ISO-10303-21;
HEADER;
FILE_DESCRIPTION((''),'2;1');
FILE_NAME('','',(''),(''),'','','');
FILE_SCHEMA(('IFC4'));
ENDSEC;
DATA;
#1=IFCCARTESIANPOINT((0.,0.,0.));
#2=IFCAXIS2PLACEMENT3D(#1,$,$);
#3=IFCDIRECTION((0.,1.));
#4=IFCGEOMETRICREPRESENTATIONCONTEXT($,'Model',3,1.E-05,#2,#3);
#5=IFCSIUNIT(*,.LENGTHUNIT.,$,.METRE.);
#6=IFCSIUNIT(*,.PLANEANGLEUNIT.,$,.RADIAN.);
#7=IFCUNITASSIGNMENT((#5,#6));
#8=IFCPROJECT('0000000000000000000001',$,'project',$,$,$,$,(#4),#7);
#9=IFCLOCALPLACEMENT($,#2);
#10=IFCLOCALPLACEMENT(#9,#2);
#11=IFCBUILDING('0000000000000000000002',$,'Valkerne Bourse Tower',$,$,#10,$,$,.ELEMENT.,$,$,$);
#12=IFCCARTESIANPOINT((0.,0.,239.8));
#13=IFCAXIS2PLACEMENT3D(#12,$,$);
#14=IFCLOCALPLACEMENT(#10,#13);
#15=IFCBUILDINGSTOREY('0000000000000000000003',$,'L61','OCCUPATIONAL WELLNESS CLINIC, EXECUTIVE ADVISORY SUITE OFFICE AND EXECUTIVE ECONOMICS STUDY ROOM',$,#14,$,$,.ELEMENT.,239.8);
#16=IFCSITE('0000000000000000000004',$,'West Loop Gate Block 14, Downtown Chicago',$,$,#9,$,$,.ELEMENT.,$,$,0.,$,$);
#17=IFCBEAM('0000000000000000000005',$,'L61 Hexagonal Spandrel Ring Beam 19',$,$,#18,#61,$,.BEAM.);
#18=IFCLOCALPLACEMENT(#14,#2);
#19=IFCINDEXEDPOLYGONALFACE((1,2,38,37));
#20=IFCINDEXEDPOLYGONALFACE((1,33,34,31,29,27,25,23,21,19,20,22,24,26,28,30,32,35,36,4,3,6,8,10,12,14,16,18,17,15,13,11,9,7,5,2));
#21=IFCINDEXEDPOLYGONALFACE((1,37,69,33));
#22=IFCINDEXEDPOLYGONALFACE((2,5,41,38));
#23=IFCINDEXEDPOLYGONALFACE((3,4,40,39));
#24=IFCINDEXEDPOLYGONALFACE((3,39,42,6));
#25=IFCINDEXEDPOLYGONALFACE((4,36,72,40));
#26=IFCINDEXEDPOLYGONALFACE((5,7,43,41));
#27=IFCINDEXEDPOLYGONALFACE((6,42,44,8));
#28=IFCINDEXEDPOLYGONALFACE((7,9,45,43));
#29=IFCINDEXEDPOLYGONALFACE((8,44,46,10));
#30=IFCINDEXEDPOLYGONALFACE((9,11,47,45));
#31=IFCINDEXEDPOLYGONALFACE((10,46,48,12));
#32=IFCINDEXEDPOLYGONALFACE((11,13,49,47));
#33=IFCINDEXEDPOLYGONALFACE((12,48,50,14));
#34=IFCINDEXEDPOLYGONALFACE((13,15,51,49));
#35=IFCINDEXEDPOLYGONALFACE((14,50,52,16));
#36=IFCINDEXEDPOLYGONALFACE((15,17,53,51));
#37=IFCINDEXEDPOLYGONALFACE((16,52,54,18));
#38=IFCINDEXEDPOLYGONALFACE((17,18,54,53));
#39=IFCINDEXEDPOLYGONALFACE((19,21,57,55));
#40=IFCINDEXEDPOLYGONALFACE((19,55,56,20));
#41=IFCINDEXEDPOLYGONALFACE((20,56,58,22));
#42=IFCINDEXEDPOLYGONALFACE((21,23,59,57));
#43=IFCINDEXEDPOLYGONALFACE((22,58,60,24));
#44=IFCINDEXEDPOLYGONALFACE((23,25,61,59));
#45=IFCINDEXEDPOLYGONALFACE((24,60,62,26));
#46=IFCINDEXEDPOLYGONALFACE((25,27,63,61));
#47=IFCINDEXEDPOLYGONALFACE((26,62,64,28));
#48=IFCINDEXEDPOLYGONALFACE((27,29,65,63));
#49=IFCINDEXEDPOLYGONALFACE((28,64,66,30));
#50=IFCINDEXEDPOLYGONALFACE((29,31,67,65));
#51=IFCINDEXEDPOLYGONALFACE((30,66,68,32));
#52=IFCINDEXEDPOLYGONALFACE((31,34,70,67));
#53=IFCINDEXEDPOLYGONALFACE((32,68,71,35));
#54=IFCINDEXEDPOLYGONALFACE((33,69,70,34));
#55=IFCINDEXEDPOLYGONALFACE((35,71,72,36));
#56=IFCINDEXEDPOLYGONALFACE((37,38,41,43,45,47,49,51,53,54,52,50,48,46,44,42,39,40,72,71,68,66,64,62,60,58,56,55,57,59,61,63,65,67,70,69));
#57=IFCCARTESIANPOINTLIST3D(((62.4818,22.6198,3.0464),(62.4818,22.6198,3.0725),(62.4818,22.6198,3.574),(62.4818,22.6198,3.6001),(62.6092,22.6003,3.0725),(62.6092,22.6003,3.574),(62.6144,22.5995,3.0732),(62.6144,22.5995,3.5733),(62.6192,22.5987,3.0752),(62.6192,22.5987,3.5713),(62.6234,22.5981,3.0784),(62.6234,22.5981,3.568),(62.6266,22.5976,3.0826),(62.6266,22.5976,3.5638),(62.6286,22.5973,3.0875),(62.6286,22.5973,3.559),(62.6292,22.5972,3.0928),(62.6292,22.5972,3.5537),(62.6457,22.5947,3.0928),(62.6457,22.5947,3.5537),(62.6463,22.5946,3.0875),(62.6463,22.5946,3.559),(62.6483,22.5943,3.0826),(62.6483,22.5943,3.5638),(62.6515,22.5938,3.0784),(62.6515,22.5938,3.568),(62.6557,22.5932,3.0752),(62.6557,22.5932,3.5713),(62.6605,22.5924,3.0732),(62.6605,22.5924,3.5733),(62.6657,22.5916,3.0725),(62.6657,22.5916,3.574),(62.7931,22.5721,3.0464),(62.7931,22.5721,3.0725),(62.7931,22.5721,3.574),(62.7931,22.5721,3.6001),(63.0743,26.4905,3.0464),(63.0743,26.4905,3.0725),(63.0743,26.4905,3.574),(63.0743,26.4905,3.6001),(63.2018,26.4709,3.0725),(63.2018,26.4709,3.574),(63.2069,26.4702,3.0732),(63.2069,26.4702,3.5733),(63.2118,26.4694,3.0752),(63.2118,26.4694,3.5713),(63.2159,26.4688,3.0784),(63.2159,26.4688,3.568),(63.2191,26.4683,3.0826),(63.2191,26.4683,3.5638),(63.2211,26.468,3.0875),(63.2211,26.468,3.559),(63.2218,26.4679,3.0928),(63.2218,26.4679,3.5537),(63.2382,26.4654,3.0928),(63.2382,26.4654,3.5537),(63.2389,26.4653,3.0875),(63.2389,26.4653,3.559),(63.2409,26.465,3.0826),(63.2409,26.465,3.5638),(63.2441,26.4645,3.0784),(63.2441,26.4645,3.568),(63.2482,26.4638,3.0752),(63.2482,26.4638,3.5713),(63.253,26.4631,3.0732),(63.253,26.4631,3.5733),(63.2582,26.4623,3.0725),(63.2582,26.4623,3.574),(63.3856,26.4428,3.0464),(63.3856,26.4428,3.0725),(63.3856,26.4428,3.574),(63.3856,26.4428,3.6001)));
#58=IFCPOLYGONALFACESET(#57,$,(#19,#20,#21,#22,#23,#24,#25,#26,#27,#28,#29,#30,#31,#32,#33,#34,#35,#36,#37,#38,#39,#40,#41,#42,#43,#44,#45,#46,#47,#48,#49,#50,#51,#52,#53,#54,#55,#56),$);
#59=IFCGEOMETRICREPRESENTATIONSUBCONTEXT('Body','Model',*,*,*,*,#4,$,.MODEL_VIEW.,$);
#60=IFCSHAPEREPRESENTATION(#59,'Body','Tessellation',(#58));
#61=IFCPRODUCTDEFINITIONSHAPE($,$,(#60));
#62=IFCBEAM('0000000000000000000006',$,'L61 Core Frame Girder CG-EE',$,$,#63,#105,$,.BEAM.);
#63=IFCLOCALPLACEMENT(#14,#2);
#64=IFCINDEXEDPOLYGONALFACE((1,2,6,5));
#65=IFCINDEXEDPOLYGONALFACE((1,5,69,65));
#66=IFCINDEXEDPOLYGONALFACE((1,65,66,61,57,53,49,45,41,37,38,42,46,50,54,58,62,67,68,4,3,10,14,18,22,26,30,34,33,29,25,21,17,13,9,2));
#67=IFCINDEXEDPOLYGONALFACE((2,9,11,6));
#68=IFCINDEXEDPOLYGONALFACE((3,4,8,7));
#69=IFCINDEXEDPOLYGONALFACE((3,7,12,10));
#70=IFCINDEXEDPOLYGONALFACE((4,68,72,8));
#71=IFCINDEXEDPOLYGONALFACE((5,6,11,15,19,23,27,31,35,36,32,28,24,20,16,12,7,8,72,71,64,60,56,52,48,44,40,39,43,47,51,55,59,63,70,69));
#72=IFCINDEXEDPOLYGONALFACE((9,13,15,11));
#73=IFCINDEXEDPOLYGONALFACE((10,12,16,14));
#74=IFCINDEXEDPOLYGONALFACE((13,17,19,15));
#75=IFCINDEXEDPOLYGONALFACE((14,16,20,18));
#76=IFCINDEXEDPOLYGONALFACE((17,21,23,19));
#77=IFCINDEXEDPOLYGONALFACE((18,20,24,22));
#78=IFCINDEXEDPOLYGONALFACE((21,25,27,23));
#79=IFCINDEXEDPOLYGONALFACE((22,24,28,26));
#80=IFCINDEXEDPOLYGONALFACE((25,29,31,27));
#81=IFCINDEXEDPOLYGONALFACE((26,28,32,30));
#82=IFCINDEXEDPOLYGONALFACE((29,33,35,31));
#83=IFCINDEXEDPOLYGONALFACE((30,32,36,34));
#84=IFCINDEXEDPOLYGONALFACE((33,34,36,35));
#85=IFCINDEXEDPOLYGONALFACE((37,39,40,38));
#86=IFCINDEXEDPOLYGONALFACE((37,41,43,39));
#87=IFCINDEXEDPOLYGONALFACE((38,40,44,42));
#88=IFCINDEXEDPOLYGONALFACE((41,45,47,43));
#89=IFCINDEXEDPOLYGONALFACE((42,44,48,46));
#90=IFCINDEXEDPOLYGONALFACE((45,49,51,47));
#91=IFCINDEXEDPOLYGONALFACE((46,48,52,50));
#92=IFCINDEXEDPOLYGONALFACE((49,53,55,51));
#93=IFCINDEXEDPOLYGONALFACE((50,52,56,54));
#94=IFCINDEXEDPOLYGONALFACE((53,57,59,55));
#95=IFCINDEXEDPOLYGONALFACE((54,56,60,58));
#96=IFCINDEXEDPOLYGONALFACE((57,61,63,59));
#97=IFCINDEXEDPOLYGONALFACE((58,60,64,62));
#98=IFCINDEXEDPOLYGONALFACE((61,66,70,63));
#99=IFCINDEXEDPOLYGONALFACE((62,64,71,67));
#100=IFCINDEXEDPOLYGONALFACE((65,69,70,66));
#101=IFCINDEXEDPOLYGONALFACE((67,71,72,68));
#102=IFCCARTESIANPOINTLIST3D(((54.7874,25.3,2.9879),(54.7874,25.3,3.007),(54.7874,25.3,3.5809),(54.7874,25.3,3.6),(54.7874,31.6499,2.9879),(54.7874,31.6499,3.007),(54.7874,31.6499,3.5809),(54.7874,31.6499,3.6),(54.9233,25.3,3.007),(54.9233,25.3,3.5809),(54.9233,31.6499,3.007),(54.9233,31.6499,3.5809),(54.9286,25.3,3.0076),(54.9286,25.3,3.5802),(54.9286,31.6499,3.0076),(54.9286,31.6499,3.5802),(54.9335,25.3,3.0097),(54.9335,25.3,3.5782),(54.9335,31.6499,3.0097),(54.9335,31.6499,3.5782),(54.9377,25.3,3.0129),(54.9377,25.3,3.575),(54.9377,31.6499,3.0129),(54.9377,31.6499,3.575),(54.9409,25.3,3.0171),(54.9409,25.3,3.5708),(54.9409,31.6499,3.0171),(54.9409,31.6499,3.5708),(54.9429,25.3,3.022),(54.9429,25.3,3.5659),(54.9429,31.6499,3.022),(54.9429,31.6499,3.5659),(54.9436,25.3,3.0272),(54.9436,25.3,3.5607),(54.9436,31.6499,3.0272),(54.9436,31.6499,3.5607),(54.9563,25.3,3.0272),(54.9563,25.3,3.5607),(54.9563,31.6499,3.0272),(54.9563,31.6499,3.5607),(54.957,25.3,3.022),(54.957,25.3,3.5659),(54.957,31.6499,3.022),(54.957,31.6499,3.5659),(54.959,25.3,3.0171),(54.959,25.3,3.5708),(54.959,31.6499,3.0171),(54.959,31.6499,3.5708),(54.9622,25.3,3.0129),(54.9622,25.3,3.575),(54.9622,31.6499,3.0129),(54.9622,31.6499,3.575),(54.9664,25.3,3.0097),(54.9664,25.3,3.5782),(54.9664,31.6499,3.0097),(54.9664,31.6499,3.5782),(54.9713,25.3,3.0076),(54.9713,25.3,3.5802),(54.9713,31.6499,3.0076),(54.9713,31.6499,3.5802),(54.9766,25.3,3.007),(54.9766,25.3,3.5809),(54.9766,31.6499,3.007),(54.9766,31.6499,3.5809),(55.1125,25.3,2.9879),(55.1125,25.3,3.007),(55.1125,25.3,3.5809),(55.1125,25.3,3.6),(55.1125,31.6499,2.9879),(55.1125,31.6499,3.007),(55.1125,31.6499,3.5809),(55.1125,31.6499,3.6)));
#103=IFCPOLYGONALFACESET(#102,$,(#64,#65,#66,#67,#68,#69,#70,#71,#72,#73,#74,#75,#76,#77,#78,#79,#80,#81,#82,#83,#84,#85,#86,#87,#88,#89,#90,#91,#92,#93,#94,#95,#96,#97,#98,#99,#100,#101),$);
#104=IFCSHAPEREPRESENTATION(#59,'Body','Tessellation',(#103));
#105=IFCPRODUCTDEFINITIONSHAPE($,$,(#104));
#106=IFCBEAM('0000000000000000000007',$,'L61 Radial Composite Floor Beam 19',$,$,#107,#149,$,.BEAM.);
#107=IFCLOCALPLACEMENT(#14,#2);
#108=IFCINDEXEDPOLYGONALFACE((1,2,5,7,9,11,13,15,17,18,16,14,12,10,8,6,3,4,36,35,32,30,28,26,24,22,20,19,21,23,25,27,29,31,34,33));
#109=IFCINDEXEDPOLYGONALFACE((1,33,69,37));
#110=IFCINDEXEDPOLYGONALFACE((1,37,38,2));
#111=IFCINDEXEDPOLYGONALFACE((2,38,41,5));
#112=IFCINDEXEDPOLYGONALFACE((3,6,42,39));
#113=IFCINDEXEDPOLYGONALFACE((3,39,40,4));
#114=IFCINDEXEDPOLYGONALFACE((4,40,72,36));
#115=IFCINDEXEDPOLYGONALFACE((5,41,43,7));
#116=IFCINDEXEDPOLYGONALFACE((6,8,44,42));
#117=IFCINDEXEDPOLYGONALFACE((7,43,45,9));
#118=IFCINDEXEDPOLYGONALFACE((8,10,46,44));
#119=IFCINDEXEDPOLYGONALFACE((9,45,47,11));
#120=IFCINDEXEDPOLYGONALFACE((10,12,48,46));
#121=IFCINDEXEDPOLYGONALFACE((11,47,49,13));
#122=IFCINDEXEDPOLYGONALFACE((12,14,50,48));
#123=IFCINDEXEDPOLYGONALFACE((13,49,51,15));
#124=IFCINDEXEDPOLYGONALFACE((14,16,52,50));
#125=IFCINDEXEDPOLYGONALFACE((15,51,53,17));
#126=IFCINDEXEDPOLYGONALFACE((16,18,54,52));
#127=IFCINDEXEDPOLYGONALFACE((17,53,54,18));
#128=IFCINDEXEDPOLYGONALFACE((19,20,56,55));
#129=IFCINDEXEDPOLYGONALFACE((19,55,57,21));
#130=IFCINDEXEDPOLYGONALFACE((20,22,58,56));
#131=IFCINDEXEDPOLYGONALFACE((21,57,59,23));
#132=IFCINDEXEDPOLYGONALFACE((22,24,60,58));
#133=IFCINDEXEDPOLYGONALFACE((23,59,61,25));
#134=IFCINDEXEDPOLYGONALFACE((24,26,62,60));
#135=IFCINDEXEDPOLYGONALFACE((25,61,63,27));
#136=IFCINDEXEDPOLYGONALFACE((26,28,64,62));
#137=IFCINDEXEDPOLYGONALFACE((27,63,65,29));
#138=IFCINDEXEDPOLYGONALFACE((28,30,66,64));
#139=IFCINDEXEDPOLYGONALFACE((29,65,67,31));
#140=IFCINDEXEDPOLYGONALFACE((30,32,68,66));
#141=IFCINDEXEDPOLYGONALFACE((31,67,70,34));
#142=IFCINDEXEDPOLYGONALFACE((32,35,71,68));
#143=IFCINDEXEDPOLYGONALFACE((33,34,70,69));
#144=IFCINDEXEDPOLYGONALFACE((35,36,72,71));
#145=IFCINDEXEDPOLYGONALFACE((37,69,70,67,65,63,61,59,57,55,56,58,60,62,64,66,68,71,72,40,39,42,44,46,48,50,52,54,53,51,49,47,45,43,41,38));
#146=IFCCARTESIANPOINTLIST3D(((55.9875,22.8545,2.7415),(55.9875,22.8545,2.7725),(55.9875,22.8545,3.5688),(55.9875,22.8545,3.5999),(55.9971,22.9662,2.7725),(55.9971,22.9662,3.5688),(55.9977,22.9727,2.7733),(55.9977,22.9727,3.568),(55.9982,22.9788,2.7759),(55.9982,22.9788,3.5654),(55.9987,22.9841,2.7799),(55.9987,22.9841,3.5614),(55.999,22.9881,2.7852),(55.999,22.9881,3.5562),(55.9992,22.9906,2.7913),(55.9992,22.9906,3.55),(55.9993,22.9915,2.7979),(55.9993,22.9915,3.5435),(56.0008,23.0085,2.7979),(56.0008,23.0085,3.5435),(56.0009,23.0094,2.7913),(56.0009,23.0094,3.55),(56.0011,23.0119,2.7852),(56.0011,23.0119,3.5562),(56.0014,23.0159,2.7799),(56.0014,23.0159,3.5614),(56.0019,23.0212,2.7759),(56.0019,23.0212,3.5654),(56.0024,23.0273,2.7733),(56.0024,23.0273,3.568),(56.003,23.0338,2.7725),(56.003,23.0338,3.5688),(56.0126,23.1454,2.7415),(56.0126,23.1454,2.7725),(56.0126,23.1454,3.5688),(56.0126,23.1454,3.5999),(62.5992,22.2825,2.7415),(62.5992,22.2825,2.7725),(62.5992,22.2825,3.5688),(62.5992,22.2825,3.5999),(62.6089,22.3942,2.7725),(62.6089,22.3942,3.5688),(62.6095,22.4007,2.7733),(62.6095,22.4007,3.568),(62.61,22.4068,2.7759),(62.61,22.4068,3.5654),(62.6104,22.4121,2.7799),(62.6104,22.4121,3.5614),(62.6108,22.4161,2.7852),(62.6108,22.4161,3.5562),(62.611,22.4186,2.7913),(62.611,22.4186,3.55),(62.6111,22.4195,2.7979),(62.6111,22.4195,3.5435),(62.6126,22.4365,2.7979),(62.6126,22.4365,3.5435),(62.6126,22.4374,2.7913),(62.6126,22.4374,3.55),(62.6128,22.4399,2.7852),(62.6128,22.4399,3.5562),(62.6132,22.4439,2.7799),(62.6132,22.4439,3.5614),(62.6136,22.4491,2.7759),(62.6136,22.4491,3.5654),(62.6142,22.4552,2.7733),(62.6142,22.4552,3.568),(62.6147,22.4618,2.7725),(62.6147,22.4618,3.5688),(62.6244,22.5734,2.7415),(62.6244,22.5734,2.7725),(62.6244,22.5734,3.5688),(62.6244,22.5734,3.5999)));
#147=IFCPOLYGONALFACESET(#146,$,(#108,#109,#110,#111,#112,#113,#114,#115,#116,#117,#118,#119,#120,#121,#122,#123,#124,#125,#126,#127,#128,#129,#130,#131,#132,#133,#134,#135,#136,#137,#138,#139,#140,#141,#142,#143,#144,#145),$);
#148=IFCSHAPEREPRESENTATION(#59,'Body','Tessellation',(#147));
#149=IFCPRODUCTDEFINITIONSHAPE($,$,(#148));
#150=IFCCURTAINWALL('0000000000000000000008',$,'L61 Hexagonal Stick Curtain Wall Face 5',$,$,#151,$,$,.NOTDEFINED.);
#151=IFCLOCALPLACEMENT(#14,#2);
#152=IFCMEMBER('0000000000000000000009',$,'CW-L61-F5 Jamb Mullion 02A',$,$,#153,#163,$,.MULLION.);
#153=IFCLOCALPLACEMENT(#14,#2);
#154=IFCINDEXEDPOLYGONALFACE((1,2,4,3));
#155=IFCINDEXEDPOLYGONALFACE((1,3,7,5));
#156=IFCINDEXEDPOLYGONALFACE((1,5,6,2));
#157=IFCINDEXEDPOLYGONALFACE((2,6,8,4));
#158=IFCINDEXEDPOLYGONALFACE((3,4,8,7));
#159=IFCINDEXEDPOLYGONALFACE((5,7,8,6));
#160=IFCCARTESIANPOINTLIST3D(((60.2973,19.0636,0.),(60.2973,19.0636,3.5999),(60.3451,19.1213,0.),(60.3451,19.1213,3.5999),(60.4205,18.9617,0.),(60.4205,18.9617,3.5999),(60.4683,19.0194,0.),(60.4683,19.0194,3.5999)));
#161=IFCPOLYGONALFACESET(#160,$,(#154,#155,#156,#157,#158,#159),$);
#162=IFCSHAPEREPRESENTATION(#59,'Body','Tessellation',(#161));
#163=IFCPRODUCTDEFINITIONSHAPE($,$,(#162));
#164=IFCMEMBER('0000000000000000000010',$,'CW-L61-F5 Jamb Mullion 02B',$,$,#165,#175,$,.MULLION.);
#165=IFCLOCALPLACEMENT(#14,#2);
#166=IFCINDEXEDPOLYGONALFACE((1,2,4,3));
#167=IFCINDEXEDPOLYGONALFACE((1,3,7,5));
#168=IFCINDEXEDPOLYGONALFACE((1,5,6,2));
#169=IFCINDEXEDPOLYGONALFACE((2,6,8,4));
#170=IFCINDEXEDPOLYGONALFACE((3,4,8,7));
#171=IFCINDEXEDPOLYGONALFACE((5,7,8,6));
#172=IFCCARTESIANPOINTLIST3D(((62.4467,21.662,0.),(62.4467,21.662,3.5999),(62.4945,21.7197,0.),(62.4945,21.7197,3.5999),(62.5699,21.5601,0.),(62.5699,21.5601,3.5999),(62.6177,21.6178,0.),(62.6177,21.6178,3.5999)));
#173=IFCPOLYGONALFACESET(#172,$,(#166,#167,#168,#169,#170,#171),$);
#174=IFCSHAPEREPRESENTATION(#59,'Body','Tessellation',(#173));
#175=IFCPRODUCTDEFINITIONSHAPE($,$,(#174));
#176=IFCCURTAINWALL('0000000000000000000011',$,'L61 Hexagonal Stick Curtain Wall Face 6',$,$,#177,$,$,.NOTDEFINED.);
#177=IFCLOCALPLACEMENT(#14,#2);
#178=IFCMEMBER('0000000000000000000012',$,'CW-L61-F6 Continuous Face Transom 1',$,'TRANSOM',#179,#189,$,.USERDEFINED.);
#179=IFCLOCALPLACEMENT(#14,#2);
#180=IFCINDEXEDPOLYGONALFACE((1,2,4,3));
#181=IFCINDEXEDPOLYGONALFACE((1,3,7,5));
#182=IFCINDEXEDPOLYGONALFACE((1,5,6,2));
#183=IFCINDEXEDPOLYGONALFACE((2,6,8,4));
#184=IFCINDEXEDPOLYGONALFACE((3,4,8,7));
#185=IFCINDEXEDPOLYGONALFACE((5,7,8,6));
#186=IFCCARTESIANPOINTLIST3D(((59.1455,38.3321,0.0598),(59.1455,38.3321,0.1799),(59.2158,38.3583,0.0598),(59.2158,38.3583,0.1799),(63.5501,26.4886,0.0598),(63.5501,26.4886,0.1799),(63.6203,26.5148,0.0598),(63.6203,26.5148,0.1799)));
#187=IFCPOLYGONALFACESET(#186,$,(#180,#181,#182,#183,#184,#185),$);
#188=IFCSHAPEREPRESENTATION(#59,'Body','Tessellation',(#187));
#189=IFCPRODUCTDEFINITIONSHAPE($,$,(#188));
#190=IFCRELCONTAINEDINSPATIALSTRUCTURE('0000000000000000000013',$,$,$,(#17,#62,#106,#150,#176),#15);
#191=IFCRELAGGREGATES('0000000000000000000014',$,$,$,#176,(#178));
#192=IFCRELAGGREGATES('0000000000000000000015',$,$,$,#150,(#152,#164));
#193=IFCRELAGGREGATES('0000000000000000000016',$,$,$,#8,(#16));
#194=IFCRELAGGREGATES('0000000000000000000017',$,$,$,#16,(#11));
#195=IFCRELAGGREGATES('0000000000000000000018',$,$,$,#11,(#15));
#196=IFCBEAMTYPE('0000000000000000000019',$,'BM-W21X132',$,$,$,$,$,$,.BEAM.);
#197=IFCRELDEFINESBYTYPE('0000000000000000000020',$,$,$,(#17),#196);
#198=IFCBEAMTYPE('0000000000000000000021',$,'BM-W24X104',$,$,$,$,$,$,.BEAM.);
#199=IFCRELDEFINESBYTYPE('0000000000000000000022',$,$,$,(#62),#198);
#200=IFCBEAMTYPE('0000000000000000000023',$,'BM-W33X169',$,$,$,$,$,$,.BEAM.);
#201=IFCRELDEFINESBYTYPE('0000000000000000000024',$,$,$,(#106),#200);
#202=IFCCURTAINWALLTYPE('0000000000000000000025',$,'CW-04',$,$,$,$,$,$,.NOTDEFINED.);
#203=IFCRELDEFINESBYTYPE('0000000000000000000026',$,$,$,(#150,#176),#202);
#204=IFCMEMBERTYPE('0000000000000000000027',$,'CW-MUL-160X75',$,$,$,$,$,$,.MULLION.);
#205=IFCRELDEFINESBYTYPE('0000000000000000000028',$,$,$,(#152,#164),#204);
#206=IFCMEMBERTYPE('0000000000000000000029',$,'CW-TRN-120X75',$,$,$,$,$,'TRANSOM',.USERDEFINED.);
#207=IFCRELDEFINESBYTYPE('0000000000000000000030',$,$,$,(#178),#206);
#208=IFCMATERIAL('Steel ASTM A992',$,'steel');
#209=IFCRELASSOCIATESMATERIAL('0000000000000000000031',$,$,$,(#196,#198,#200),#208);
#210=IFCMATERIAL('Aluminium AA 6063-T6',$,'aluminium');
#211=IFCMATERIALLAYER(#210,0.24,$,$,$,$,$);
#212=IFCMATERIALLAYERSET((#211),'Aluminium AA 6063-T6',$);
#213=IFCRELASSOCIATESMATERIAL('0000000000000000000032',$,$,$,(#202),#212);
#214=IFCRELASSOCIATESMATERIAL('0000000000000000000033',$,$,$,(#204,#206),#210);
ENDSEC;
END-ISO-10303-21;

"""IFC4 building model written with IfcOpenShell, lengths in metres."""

from ifc_helpers import new_model, si_unit, direction, frame, origin, origin_2d, place, context, subcontext, project, spatial, rectangle, i_section, extrude, material, layer, layer_set, material_profile, profile_set, type_object, element, aggregate, save


model = new_model("IFC4")

# Units and contexts
model_context = context("Model", 3, precision=1e-05, world=origin(), true_north=direction((0.0, 1.0)))
body_context = subcontext(model_context, "Body", "Model", "MODEL_VIEW")
ifc_project = project(units=[si_unit("LENGTHUNIT", "METRE"), si_unit("PLANEANGLEUNIT", "RADIAN")], contexts=[model_context])

# Site, building, storey
site_placement = place(None, origin())
site = spatial("IfcSite", under=ifc_project, at=site_placement, Name="West Loop Gate Block 14, Downtown Chicago", CompositionType="ELEMENT", RefElevation=0.0)
building_placement = place(site_placement, origin())
building = spatial("IfcBuilding", under=site, at=building_placement, Name="Valkerne Bourse Tower", CompositionType="ELEMENT")
storey_placement = place(building_placement, frame((0.0, 0.0, 239.8)))
storey = spatial("IfcBuildingStorey", under=building, at=storey_placement, Name="L61", Description="OCCUPATIONAL WELLNESS CLINIC, EXECUTIVE ADVISORY SUITE OFFICE AND EXECUTIVE ECONOMICS STUDY ROOM", CompositionType="ELEMENT", Elevation=239.8)

# Beams
ifc_material_1 = material(Name="Steel ASTM A992", Category="steel")
ifc_material_profile_1 = material_profile(ifc_material_1, i_section(OverallWidth=0.3149, OverallDepth=0.5537, WebThickness=0.0166, FlangeThickness=0.0261, FilletRadius=0.0203, at=origin_2d()), Name="W21X132")
ifc_profile_set_1 = profile_set([ifc_material_profile_1], Name="Steel ASTM A992")
beam_type_1 = type_object("IfcBeamType", Name="BM-W21X132", PredefinedType="BEAM", material=ifc_profile_set_1)
beam_1_placement = place(storey_placement, frame((62.6375, 22.5959, 3.3232), z_axis=(0.151322, 0.988485, 0.0), x_axis=(-0.988485, 0.151322, 0.0)))
element("IfcBeam", 1, at=beam_1_placement, inside=storey, type_object=beam_type_1, Name="L61 Hexagonal Spandrel Ring Beam 19", PredefinedType="BEAM", context=body_context, shape_type="SweptSolid", body=[
    extrude(i_section(OverallWidth=0.3149, OverallDepth=0.5537, WebThickness=0.0166, FlangeThickness=0.0261, FilletRadius=0.0203, at=origin_2d()), origin(), (0.0, 0.0, 1.0), 3.9158),
])
ifc_material_profile_2 = material_profile(ifc_material_1, i_section(OverallWidth=0.3252, OverallDepth=0.6121, WebThickness=0.0127, FlangeThickness=0.019, FilletRadius=0.0203, at=origin_2d()), Name="W24X104")
ifc_profile_set_2 = profile_set([ifc_material_profile_2], Name="Steel ASTM A992")
beam_type_2 = type_object("IfcBeamType", Name="BM-W24X104", PredefinedType="BEAM", material=ifc_profile_set_2)
beam_2_placement = place(storey_placement, frame((54.95, 25.3, 3.2939), z_axis=(0.0, 1.0, 0.0), x_axis=(-1.0, 0.0, 0.0)))
element("IfcBeam", 2, at=beam_2_placement, inside=storey, type_object=beam_type_2, Name="L61 Core Frame Girder CG-EE", PredefinedType="BEAM", context=body_context, shape_type="SweptSolid", body=[
    extrude(i_section(OverallWidth=0.3252, OverallDepth=0.6121, WebThickness=0.0127, FlangeThickness=0.019, FilletRadius=0.0203, at=origin_2d()), origin(), (0.0, 0.0, 1.0), 6.3499),
])
ifc_material_profile_3 = material_profile(ifc_material_1, i_section(OverallWidth=0.292, OverallDepth=0.8584, WebThickness=0.0171, FlangeThickness=0.031, FilletRadius=0.0254, at=origin_2d()), Name="W33X169")
ifc_profile_set_3 = profile_set([ifc_material_profile_3], Name="Steel ASTM A992")
beam_type_3 = type_object("IfcBeamType", Name="BM-W33X169", PredefinedType="BEAM", material=ifc_profile_set_3)
beam_3_placement = place(storey_placement, frame((62.6118, 22.428, 3.1707), z_axis=(-0.996278, 0.086193, 0.0), x_axis=(-0.086193, -0.996278, 0.0)))
element("IfcBeam", 3, at=beam_3_placement, inside=storey, type_object=beam_type_3, Name="L61 Radial Composite Floor Beam 19", PredefinedType="BEAM", context=body_context, shape_type="SweptSolid", body=[
    extrude(i_section(OverallWidth=0.292, OverallDepth=0.8584, WebThickness=0.0171, FlangeThickness=0.031, FilletRadius=0.0254, at=origin_2d()), origin(), (0.0, 0.0, 1.0), 6.6365),
])

# Curtain walls, members
ifc_material_2 = material(Name="Aluminium AA 6063-T6", Category="aluminium")
ifc_layer_1 = layer(ifc_material_2, 0.24)
ifc_layer_set_1 = layer_set([ifc_layer_1], Name="Aluminium AA 6063-T6")
curtain_wall_type = type_object("IfcCurtainWallType", Name="CW-04", PredefinedType="NOTDEFINED", material=ifc_layer_set_1)
curtain_wall_1_placement = place(storey_placement, origin())
curtain_wall_1 = element("IfcCurtainWall", 4, at=curtain_wall_1_placement, inside=storey, type_object=curtain_wall_type, Name="L61 Hexagonal Stick Curtain Wall Face 5", PredefinedType="NOTDEFINED")
ifc_material_profile_4 = material_profile(ifc_material_2, rectangle(XDim=0.075, YDim=0.1599, at=origin_2d()), Name="CWM-75X160")
ifc_profile_set_4 = profile_set([ifc_material_profile_4], Name="Aluminium AA 6063-T6")
member_type_1 = type_object("IfcMemberType", Name="CW-MUL-160X75", PredefinedType="MULLION", material=ifc_profile_set_4)
member_1_placement = place(storey_placement, frame((60.3828, 19.0415, 0.0), z_axis=(0.0, 0.0, 1.0), x_axis=(0.637434, 0.770505, 0.0)))
member_1 = element("IfcMember", 5, at=member_1_placement, type_object=member_type_1, Name="CW-L61-F5 Jamb Mullion 02A", PredefinedType="MULLION", context=body_context, shape_type="SweptSolid", body=[
    extrude(rectangle(XDim=0.075, YDim=0.1599, at=origin_2d()), origin(), (0.0, 0.0, 1.0), 3.5999),
])
member_2_placement = place(storey_placement, frame((62.5322, 21.6399, 0.0), z_axis=(0.0, 0.0, 1.0), x_axis=(0.637434, 0.770505, 0.0)))
member_2 = element("IfcMember", 6, at=member_2_placement, type_object=member_type_1, Name="CW-L61-F5 Jamb Mullion 02B", PredefinedType="MULLION", context=body_context, shape_type="SweptSolid", body=[
    extrude(rectangle(XDim=0.075, YDim=0.1599, at=origin_2d()), origin(), (0.0, 0.0, 1.0), 3.5999),
])
curtain_wall_2_placement = place(storey_placement, origin())
curtain_wall_2 = element("IfcCurtainWall", 7, at=curtain_wall_2_placement, inside=storey, type_object=curtain_wall_type, Name="L61 Hexagonal Stick Curtain Wall Face 6", PredefinedType="NOTDEFINED")
ifc_material_profile_5 = material_profile(ifc_material_2, rectangle(XDim=0.075, YDim=0.1201, at=origin_2d()), Name="CWT-75X120")
ifc_profile_set_5 = profile_set([ifc_material_profile_5], Name="Aluminium AA 6063-T6")
member_type_2 = type_object("IfcMemberType", Name="CW-TRN-120X75", ElementType="TRANSOM", PredefinedType="USERDEFINED", material=ifc_profile_set_5)
member_3_placement = place(storey_placement, frame((63.5852, 26.5017, 0.1199), z_axis=(-0.348571, 0.937282, 0.0), x_axis=(-0.937282, -0.348571, 0.0)))
member_3 = element("IfcMember", 8, at=member_3_placement, type_object=member_type_2, Name="CW-L61-F6 Continuous Face Transom 1", ObjectType="TRANSOM", PredefinedType="USERDEFINED", context=body_context, shape_type="SweptSolid", body=[
    extrude(rectangle(XDim=0.075, YDim=0.1201, at=origin_2d()), origin(), (0.0, 0.0, 1.0), 12.636),
])
aggregate(curtain_wall_2, [member_3])

aggregate(curtain_wall_1, [member_1, member_2])

save(model, "model.ifc")
